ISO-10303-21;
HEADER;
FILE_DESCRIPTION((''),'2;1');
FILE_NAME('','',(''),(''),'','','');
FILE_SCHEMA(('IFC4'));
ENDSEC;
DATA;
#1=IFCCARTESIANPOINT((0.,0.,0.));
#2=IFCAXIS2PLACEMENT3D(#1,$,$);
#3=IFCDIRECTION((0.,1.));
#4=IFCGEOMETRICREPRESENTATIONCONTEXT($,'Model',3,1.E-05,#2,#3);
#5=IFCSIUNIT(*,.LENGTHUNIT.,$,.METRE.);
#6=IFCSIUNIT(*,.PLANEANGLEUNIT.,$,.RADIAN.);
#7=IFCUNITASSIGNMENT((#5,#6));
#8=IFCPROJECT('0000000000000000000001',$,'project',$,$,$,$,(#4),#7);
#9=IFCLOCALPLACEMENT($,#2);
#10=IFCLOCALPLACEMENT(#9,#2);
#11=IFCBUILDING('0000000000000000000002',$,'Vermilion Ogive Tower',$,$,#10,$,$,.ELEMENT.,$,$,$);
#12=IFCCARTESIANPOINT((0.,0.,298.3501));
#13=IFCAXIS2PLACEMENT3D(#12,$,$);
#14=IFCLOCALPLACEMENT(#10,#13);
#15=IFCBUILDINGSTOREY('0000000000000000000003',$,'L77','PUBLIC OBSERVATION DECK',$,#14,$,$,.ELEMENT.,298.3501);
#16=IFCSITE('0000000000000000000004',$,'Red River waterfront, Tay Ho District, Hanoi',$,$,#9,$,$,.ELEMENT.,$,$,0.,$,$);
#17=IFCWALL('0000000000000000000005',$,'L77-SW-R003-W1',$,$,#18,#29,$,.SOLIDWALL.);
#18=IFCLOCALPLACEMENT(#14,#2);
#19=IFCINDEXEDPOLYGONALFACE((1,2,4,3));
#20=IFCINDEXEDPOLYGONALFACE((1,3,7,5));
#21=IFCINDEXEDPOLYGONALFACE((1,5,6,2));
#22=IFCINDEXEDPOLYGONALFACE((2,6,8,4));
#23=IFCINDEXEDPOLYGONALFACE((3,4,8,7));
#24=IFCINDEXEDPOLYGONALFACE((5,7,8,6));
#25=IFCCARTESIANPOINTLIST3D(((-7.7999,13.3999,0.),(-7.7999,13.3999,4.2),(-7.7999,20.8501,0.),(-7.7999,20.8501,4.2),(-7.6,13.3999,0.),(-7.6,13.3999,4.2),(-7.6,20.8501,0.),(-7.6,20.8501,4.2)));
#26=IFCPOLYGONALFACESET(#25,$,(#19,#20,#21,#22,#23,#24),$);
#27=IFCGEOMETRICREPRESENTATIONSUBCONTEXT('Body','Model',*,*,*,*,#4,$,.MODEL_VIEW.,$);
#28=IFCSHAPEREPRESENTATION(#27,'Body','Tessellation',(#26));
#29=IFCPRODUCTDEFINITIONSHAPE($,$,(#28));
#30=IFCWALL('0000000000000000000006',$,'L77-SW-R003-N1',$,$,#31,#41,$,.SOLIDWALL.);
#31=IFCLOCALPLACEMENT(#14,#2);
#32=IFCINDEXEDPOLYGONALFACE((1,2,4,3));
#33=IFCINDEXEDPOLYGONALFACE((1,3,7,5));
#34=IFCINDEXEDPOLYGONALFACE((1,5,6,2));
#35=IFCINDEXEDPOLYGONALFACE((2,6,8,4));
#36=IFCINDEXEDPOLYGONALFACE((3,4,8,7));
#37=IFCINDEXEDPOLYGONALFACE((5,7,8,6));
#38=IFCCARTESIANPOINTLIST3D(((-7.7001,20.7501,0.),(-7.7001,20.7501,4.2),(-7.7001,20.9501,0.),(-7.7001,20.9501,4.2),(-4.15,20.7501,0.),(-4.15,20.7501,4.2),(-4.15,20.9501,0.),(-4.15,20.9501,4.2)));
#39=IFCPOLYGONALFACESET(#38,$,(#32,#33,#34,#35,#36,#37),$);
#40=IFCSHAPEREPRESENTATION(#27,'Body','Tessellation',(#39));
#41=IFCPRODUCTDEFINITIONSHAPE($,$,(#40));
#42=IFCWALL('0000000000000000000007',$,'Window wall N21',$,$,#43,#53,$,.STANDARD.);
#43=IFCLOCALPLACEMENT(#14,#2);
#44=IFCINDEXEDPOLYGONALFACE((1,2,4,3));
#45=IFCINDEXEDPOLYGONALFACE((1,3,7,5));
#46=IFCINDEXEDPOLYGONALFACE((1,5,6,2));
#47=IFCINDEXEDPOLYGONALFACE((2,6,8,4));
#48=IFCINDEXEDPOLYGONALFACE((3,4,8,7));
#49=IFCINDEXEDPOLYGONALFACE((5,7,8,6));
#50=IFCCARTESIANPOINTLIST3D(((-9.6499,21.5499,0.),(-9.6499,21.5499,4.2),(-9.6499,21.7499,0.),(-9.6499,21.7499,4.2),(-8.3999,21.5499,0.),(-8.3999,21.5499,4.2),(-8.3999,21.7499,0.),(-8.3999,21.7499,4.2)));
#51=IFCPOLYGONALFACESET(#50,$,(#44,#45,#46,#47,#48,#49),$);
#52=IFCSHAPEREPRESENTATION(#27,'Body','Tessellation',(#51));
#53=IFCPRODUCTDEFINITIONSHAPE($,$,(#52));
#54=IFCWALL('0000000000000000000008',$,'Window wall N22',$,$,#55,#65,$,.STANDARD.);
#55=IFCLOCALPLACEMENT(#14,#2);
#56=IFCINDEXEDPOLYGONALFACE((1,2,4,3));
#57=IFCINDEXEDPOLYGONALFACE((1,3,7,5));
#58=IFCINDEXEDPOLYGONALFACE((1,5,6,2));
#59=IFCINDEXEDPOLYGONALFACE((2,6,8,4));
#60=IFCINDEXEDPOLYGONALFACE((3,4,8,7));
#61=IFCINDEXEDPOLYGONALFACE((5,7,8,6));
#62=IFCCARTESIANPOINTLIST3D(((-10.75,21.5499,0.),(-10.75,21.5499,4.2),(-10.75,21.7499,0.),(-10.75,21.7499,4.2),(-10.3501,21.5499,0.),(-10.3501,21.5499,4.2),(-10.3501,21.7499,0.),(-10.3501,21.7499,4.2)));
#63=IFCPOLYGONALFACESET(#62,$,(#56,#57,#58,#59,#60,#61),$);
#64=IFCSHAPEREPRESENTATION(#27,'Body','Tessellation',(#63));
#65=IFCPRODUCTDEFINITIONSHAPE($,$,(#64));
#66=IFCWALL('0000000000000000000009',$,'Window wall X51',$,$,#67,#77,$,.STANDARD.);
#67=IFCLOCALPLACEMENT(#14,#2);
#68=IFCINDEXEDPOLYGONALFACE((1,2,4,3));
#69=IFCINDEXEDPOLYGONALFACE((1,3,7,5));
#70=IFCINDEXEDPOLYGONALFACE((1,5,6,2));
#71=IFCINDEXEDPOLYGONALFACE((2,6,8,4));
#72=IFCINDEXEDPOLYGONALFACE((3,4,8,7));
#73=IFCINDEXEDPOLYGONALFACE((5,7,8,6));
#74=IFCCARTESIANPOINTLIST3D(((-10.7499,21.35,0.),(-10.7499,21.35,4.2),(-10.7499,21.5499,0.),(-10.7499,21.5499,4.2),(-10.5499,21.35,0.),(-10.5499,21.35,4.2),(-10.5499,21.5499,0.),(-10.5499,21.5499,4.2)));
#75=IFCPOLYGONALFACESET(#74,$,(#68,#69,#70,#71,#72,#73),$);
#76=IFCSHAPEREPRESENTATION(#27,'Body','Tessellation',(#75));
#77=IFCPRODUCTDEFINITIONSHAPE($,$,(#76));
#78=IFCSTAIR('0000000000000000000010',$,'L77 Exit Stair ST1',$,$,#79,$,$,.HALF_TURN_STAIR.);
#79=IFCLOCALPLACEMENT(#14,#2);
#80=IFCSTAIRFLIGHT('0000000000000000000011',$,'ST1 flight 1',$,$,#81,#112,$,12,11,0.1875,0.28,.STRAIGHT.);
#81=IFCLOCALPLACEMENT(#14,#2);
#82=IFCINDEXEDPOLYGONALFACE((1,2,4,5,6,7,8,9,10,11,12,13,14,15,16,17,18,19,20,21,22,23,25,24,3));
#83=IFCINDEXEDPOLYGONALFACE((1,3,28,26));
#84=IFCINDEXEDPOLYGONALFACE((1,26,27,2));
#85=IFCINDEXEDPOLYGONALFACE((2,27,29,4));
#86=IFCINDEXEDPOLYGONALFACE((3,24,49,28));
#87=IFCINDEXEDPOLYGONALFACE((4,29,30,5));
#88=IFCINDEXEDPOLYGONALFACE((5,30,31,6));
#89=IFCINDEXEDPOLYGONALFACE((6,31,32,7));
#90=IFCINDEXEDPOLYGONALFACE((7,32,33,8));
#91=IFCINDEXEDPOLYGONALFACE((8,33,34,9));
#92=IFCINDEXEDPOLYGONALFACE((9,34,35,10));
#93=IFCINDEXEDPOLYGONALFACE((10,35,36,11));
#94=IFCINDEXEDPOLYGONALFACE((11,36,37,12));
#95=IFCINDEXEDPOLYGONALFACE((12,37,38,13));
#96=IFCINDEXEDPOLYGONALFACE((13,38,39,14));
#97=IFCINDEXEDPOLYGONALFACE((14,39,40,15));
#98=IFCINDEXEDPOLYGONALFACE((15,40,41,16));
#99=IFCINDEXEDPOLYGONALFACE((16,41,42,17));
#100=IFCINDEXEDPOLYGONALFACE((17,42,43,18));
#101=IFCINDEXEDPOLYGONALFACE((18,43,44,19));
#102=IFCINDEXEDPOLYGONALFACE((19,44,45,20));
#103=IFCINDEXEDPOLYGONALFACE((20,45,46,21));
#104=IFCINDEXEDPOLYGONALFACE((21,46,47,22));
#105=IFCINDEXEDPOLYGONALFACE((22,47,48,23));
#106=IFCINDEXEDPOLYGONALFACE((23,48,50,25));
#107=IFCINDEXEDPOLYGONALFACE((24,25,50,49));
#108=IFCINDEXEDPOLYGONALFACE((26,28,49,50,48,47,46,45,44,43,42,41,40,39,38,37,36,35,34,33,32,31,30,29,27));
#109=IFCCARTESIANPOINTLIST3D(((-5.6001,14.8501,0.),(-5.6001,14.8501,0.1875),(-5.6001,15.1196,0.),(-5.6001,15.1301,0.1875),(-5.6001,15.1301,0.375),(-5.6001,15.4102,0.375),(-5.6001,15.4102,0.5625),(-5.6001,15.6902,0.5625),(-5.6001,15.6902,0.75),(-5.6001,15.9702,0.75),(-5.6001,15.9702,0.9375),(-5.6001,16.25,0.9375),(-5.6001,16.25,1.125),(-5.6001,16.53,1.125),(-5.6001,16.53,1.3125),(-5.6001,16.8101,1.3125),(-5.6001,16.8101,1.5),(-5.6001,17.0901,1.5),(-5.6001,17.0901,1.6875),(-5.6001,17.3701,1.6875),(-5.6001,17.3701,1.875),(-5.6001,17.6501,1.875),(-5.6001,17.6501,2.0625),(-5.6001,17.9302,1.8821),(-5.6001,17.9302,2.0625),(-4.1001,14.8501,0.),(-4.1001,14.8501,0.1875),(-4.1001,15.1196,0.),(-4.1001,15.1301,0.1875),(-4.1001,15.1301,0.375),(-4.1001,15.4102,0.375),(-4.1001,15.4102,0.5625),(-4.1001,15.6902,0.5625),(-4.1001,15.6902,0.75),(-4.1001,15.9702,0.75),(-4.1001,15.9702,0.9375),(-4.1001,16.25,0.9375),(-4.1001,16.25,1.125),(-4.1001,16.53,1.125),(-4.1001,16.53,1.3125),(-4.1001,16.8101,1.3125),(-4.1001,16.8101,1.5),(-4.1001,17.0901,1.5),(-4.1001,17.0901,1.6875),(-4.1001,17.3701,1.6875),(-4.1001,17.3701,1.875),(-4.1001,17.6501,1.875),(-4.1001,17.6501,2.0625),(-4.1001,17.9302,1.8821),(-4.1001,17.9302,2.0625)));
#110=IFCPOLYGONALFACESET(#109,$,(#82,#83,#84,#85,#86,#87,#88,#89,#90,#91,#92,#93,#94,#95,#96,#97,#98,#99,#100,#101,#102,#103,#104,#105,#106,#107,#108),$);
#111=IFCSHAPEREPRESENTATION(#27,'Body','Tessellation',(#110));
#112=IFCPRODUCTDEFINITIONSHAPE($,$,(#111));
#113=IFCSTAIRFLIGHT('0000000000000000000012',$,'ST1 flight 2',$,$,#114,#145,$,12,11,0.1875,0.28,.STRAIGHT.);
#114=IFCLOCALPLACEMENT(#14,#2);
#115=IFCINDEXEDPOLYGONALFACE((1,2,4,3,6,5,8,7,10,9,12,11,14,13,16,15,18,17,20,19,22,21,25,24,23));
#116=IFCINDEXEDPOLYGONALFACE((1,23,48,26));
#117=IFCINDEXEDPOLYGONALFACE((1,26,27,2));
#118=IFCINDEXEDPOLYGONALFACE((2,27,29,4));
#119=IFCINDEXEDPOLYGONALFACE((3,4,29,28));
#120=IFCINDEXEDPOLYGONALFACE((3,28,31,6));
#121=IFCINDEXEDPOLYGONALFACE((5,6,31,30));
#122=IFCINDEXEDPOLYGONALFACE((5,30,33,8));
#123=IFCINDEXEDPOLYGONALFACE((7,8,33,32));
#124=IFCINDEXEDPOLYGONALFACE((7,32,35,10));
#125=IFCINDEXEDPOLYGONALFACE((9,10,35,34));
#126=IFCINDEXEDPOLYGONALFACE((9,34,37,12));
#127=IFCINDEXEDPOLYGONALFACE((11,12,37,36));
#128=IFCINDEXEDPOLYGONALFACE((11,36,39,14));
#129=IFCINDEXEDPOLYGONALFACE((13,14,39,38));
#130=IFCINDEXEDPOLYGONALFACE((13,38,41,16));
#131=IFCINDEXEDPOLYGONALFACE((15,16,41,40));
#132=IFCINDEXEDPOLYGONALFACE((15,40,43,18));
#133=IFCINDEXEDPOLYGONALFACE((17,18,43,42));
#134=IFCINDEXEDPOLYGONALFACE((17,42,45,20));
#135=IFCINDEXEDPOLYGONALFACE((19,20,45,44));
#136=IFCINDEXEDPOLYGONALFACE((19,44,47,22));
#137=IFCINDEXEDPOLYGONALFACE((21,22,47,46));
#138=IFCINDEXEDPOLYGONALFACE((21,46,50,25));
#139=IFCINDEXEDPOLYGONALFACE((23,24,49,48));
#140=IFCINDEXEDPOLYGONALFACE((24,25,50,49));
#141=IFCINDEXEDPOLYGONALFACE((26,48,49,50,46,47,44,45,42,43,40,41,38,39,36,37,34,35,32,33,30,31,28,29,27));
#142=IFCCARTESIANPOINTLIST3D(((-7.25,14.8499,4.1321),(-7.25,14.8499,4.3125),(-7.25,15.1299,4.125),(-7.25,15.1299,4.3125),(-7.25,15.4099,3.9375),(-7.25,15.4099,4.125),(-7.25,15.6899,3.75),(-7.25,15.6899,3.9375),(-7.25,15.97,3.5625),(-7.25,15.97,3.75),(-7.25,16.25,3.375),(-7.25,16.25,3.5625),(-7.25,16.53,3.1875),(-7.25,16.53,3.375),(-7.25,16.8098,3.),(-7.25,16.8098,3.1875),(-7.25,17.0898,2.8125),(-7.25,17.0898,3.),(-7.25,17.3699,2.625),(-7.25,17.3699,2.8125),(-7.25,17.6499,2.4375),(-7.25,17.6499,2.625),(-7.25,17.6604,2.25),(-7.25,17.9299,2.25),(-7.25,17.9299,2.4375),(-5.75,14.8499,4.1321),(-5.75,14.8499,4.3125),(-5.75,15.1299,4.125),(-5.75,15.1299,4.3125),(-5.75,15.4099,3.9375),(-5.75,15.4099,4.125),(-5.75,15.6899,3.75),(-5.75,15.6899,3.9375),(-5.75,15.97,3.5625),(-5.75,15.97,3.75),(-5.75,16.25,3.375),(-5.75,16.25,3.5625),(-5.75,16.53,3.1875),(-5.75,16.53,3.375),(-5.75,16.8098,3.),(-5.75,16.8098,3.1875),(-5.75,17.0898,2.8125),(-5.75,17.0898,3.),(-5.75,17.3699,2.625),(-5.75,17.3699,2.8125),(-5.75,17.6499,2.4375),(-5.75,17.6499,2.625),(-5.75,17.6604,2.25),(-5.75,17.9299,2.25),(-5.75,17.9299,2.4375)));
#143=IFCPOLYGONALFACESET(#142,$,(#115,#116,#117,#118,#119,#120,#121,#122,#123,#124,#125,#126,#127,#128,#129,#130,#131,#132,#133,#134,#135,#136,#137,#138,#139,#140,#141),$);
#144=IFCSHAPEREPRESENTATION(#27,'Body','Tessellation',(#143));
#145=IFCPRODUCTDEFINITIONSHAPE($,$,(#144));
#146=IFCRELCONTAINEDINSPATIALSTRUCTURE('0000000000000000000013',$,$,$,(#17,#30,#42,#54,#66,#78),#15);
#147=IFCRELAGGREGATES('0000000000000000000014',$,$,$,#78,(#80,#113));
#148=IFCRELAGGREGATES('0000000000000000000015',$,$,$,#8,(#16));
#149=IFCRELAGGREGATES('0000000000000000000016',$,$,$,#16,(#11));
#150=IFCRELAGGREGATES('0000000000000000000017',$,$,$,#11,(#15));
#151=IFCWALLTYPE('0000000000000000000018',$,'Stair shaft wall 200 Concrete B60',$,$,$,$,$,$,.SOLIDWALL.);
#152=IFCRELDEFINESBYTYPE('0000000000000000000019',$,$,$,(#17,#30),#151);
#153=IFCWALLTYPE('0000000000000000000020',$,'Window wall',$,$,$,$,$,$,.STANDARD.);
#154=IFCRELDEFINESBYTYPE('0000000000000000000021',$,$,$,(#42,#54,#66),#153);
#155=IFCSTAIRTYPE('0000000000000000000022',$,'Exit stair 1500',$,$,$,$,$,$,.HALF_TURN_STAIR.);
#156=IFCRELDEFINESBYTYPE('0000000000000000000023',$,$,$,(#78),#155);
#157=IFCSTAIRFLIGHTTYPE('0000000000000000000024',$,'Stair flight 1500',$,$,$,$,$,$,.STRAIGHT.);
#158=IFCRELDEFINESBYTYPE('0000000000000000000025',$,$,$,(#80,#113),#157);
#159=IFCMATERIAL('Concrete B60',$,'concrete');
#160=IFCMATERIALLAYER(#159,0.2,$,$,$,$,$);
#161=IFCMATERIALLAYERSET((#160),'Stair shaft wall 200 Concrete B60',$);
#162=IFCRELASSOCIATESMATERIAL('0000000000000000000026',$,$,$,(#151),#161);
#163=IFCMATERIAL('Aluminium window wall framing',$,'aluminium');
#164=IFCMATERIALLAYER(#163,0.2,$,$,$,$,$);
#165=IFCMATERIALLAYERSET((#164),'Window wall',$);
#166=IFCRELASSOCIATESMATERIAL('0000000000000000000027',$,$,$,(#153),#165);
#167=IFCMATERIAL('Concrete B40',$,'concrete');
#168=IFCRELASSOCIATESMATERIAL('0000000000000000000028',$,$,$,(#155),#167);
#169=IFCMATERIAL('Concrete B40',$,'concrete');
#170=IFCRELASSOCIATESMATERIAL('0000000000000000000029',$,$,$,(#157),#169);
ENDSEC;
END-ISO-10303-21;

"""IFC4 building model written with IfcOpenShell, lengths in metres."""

from ifc_helpers import new_model, si_unit, direction, frame, frame_2d, origin, place, context, subcontext, project, spatial, polyline, rectangle, outline, extrude, material, layer, layer_set, type_object, element, aggregate, save


model = new_model("IFC4")

# Units and contexts
model_context = context("Model", 3, precision=1e-05, world=origin(), true_north=direction((0.0, 1.0)))
body_context = subcontext(model_context, "Body", "Model", "MODEL_VIEW")
ifc_project = project(units=[si_unit("LENGTHUNIT", "METRE"), si_unit("PLANEANGLEUNIT", "RADIAN")], contexts=[model_context])

# Site, building, storey
site_placement = place(None, origin())
site = spatial("IfcSite", under=ifc_project, at=site_placement, Name="Red River waterfront, Tay Ho District, Hanoi", CompositionType="ELEMENT", RefElevation=0.0)
building_placement = place(site_placement, origin())
building = spatial("IfcBuilding", under=site, at=building_placement, Name="Vermilion Ogive Tower", CompositionType="ELEMENT")
storey_placement = place(building_placement, frame((0.0, 0.0, 298.3501)))
storey = spatial("IfcBuildingStorey", under=building, at=storey_placement, Name="L77", Description="PUBLIC OBSERVATION DECK", CompositionType="ELEMENT", Elevation=298.3501)

# Shared definitions
ifc_material_1 = material(Name="Concrete B60", Category="concrete")
ifc_layer_1 = layer(ifc_material_1, 0.2)
ifc_layer_set_1 = layer_set([ifc_layer_1], Name="Stair shaft wall 200 Concrete B60")
wall_type_1 = type_object("IfcWallType", Name="Stair shaft wall 200 Concrete B60", PredefinedType="SOLIDWALL", material=ifc_layer_set_1)

# Walls
wall_1_placement = place(storey_placement, frame((-7.7, 13.3999, 0.0), z_axis=(0.0, 0.0, 1.0), x_axis=(0.0, 1.0, 0.0)))
element("IfcWall", 1, at=wall_1_placement, inside=storey, type_object=wall_type_1, Name="L77-SW-R003-W1", PredefinedType="SOLIDWALL", context=body_context, shape_type="SweptSolid", body=[
    extrude(rectangle(XDim=7.4502, YDim=0.2, at=frame_2d((3.7251, 0.0))), origin(), (0.0, 0.0, 1.0), 4.2),
])
wall_2_placement = place(storey_placement, frame((-7.7, 20.8501, 0.0), z_axis=(0.0, 0.0, 1.0), x_axis=(1.0, 0.0, 0.0)))
element("IfcWall", 2, at=wall_2_placement, inside=storey, type_object=wall_type_1, Name="L77-SW-R003-N1", PredefinedType="SOLIDWALL", context=body_context, shape_type="SweptSolid", body=[
    extrude(rectangle(XDim=3.55, YDim=0.2, at=frame_2d((1.7749, 0.0))), origin(), (0.0, 0.0, 1.0), 4.2),
])
ifc_material_2 = material(Name="Aluminium window wall framing", Category="aluminium")
ifc_layer_2 = layer(ifc_material_2, 0.2)
ifc_layer_set_2 = layer_set([ifc_layer_2], Name="Window wall")
wall_type_2 = type_object("IfcWallType", Name="Window wall", PredefinedType="STANDARD", material=ifc_layer_set_2)
wall_3_placement = place(storey_placement, frame((-8.3999, 21.6499, 0.0), z_axis=(0.0, 0.0, 1.0), x_axis=(-1.0, 0.0, 0.0)))
element("IfcWall", 3, at=wall_3_placement, inside=storey, type_object=wall_type_2, Name="Window wall N21", PredefinedType="STANDARD", context=body_context, shape_type="SweptSolid", body=[
    extrude(rectangle(XDim=1.25, YDim=0.2, at=frame_2d((0.625, 0.0))), origin(), (0.0, 0.0, 1.0), 4.2),
])
wall_4_placement = place(storey_placement, frame((-10.3501, 21.6499, 0.0), z_axis=(0.0, 0.0, 1.0), x_axis=(-1.0, 0.0, 0.0)))
element("IfcWall", 4, at=wall_4_placement, inside=storey, type_object=wall_type_2, Name="Window wall N22", PredefinedType="STANDARD", context=body_context, shape_type="SweptSolid", body=[
    extrude(rectangle(XDim=0.3999, YDim=0.2, at=frame_2d((0.2, 0.0))), origin(), (0.0, 0.0, 1.0), 4.2),
])
wall_5_placement = place(storey_placement, frame((-10.6499, 21.55, 0.0), z_axis=(0.0, 0.0, 1.0), x_axis=(0.0, -1.0, 0.0)))
element("IfcWall", 5, at=wall_5_placement, inside=storey, type_object=wall_type_2, Name="Window wall X51", PredefinedType="STANDARD", context=body_context, shape_type="SweptSolid", body=[
    extrude(rectangle(XDim=0.2, YDim=0.2, at=frame_2d((0.1001, 0.0))), origin(), (0.0, 0.0, 1.0), 4.2),
])

# Stair, stair flights
ifc_material_3 = material(Name="Concrete B40", Category="concrete")
stair_type = type_object("IfcStairType", Name="Exit stair 1500", PredefinedType="HALF_TURN_STAIR", material=ifc_material_3)
stair_placement = place(storey_placement, origin())
stair = element("IfcStair", 6, at=stair_placement, inside=storey, type_object=stair_type, Name="L77 Exit Stair ST1", PredefinedType="HALF_TURN_STAIR")
ifc_material_4 = material(Name="Concrete B40", Category="concrete")
stair_flight_type = type_object("IfcStairFlightType", Name="Stair flight 1500", PredefinedType="STRAIGHT", material=ifc_material_4)
stair_flight_1_placement = place(storey_placement, frame((-4.8501, 14.8501, 0.0), z_axis=(0.0, 0.0, 1.0), x_axis=(0.0, 1.0, 0.0)))
stair_flight_1 = element("IfcStairFlight", 7, at=stair_flight_1_placement, type_object=stair_flight_type, Name="ST1 flight 1", NumberOfRisers=12, NumberOfTreads=11, PredefinedType="STRAIGHT", RiserHeight=0.1875, TreadLength=0.28, context=body_context, shape_type="SweptSolid", body=[
    extrude(outline(polyline([(0.0, 0.0), (0.0, 0.1875), (0.28, 0.1875), (0.28, 0.375), (0.5601, 0.375), (0.5601, 0.5625), (0.8401, 0.5625), (0.8401, 0.75), (1.1201, 0.75), (1.1201, 0.9375), (1.3999, 0.9375), (1.3999, 1.125), (1.6799, 1.125), (1.6799, 1.3125), (1.96, 1.3125), (1.96, 1.5), (2.24, 1.5), (2.24, 1.6875), (2.52, 1.6875), (2.52, 1.875), (2.8, 1.875), (2.8, 2.0625), (3.0801, 2.0625), (3.0801, 2.25), (3.0801, 1.8821), (0.2695, 0.0), (0.0, 0.0)])), frame((0.0, 0.75, 0.0), z_axis=(0.0, -1.0, 0.0), x_axis=(1.0, 0.0, 0.0)), (0.0, 0.0, 1.0), 1.5),
])
stair_flight_2_placement = place(storey_placement, frame((-6.5, 17.9299, 2.25), z_axis=(0.0, 0.0, 1.0), x_axis=(0.0, -1.0, 0.0)))
stair_flight_2 = element("IfcStairFlight", 8, at=stair_flight_2_placement, type_object=stair_flight_type, Name="ST1 flight 2", NumberOfRisers=12, NumberOfTreads=11, PredefinedType="STRAIGHT", RiserHeight=0.1875, TreadLength=0.28, context=body_context, shape_type="SweptSolid", body=[
    extrude(outline(polyline([(0.0, 0.0), (0.0, 0.1875), (0.28, 0.1875), (0.28, 0.375), (0.5601, 0.375), (0.5601, 0.5625), (0.8401, 0.5625), (0.8401, 0.75), (1.1201, 0.75), (1.1201, 0.9375), (1.3999, 0.9375), (1.3999, 1.125), (1.6799, 1.125), (1.6799, 1.3125), (1.96, 1.3125), (1.96, 1.5), (2.24, 1.5), (2.24, 1.6875), (2.52, 1.6875), (2.52, 1.875), (2.8, 1.875), (2.8, 2.0625), (3.0801, 2.0625), (3.0801, 2.25), (3.0801, 1.8821), (0.2695, 0.0), (0.0, 0.0)])), frame((0.0, 0.75, 0.0), z_axis=(0.0, -1.0, 0.0), x_axis=(1.0, 0.0, 0.0)), (0.0, 0.0, 1.0), 1.5),
])
aggregate(stair, [stair_flight_1, stair_flight_2])

save(model, "model.ifc")
